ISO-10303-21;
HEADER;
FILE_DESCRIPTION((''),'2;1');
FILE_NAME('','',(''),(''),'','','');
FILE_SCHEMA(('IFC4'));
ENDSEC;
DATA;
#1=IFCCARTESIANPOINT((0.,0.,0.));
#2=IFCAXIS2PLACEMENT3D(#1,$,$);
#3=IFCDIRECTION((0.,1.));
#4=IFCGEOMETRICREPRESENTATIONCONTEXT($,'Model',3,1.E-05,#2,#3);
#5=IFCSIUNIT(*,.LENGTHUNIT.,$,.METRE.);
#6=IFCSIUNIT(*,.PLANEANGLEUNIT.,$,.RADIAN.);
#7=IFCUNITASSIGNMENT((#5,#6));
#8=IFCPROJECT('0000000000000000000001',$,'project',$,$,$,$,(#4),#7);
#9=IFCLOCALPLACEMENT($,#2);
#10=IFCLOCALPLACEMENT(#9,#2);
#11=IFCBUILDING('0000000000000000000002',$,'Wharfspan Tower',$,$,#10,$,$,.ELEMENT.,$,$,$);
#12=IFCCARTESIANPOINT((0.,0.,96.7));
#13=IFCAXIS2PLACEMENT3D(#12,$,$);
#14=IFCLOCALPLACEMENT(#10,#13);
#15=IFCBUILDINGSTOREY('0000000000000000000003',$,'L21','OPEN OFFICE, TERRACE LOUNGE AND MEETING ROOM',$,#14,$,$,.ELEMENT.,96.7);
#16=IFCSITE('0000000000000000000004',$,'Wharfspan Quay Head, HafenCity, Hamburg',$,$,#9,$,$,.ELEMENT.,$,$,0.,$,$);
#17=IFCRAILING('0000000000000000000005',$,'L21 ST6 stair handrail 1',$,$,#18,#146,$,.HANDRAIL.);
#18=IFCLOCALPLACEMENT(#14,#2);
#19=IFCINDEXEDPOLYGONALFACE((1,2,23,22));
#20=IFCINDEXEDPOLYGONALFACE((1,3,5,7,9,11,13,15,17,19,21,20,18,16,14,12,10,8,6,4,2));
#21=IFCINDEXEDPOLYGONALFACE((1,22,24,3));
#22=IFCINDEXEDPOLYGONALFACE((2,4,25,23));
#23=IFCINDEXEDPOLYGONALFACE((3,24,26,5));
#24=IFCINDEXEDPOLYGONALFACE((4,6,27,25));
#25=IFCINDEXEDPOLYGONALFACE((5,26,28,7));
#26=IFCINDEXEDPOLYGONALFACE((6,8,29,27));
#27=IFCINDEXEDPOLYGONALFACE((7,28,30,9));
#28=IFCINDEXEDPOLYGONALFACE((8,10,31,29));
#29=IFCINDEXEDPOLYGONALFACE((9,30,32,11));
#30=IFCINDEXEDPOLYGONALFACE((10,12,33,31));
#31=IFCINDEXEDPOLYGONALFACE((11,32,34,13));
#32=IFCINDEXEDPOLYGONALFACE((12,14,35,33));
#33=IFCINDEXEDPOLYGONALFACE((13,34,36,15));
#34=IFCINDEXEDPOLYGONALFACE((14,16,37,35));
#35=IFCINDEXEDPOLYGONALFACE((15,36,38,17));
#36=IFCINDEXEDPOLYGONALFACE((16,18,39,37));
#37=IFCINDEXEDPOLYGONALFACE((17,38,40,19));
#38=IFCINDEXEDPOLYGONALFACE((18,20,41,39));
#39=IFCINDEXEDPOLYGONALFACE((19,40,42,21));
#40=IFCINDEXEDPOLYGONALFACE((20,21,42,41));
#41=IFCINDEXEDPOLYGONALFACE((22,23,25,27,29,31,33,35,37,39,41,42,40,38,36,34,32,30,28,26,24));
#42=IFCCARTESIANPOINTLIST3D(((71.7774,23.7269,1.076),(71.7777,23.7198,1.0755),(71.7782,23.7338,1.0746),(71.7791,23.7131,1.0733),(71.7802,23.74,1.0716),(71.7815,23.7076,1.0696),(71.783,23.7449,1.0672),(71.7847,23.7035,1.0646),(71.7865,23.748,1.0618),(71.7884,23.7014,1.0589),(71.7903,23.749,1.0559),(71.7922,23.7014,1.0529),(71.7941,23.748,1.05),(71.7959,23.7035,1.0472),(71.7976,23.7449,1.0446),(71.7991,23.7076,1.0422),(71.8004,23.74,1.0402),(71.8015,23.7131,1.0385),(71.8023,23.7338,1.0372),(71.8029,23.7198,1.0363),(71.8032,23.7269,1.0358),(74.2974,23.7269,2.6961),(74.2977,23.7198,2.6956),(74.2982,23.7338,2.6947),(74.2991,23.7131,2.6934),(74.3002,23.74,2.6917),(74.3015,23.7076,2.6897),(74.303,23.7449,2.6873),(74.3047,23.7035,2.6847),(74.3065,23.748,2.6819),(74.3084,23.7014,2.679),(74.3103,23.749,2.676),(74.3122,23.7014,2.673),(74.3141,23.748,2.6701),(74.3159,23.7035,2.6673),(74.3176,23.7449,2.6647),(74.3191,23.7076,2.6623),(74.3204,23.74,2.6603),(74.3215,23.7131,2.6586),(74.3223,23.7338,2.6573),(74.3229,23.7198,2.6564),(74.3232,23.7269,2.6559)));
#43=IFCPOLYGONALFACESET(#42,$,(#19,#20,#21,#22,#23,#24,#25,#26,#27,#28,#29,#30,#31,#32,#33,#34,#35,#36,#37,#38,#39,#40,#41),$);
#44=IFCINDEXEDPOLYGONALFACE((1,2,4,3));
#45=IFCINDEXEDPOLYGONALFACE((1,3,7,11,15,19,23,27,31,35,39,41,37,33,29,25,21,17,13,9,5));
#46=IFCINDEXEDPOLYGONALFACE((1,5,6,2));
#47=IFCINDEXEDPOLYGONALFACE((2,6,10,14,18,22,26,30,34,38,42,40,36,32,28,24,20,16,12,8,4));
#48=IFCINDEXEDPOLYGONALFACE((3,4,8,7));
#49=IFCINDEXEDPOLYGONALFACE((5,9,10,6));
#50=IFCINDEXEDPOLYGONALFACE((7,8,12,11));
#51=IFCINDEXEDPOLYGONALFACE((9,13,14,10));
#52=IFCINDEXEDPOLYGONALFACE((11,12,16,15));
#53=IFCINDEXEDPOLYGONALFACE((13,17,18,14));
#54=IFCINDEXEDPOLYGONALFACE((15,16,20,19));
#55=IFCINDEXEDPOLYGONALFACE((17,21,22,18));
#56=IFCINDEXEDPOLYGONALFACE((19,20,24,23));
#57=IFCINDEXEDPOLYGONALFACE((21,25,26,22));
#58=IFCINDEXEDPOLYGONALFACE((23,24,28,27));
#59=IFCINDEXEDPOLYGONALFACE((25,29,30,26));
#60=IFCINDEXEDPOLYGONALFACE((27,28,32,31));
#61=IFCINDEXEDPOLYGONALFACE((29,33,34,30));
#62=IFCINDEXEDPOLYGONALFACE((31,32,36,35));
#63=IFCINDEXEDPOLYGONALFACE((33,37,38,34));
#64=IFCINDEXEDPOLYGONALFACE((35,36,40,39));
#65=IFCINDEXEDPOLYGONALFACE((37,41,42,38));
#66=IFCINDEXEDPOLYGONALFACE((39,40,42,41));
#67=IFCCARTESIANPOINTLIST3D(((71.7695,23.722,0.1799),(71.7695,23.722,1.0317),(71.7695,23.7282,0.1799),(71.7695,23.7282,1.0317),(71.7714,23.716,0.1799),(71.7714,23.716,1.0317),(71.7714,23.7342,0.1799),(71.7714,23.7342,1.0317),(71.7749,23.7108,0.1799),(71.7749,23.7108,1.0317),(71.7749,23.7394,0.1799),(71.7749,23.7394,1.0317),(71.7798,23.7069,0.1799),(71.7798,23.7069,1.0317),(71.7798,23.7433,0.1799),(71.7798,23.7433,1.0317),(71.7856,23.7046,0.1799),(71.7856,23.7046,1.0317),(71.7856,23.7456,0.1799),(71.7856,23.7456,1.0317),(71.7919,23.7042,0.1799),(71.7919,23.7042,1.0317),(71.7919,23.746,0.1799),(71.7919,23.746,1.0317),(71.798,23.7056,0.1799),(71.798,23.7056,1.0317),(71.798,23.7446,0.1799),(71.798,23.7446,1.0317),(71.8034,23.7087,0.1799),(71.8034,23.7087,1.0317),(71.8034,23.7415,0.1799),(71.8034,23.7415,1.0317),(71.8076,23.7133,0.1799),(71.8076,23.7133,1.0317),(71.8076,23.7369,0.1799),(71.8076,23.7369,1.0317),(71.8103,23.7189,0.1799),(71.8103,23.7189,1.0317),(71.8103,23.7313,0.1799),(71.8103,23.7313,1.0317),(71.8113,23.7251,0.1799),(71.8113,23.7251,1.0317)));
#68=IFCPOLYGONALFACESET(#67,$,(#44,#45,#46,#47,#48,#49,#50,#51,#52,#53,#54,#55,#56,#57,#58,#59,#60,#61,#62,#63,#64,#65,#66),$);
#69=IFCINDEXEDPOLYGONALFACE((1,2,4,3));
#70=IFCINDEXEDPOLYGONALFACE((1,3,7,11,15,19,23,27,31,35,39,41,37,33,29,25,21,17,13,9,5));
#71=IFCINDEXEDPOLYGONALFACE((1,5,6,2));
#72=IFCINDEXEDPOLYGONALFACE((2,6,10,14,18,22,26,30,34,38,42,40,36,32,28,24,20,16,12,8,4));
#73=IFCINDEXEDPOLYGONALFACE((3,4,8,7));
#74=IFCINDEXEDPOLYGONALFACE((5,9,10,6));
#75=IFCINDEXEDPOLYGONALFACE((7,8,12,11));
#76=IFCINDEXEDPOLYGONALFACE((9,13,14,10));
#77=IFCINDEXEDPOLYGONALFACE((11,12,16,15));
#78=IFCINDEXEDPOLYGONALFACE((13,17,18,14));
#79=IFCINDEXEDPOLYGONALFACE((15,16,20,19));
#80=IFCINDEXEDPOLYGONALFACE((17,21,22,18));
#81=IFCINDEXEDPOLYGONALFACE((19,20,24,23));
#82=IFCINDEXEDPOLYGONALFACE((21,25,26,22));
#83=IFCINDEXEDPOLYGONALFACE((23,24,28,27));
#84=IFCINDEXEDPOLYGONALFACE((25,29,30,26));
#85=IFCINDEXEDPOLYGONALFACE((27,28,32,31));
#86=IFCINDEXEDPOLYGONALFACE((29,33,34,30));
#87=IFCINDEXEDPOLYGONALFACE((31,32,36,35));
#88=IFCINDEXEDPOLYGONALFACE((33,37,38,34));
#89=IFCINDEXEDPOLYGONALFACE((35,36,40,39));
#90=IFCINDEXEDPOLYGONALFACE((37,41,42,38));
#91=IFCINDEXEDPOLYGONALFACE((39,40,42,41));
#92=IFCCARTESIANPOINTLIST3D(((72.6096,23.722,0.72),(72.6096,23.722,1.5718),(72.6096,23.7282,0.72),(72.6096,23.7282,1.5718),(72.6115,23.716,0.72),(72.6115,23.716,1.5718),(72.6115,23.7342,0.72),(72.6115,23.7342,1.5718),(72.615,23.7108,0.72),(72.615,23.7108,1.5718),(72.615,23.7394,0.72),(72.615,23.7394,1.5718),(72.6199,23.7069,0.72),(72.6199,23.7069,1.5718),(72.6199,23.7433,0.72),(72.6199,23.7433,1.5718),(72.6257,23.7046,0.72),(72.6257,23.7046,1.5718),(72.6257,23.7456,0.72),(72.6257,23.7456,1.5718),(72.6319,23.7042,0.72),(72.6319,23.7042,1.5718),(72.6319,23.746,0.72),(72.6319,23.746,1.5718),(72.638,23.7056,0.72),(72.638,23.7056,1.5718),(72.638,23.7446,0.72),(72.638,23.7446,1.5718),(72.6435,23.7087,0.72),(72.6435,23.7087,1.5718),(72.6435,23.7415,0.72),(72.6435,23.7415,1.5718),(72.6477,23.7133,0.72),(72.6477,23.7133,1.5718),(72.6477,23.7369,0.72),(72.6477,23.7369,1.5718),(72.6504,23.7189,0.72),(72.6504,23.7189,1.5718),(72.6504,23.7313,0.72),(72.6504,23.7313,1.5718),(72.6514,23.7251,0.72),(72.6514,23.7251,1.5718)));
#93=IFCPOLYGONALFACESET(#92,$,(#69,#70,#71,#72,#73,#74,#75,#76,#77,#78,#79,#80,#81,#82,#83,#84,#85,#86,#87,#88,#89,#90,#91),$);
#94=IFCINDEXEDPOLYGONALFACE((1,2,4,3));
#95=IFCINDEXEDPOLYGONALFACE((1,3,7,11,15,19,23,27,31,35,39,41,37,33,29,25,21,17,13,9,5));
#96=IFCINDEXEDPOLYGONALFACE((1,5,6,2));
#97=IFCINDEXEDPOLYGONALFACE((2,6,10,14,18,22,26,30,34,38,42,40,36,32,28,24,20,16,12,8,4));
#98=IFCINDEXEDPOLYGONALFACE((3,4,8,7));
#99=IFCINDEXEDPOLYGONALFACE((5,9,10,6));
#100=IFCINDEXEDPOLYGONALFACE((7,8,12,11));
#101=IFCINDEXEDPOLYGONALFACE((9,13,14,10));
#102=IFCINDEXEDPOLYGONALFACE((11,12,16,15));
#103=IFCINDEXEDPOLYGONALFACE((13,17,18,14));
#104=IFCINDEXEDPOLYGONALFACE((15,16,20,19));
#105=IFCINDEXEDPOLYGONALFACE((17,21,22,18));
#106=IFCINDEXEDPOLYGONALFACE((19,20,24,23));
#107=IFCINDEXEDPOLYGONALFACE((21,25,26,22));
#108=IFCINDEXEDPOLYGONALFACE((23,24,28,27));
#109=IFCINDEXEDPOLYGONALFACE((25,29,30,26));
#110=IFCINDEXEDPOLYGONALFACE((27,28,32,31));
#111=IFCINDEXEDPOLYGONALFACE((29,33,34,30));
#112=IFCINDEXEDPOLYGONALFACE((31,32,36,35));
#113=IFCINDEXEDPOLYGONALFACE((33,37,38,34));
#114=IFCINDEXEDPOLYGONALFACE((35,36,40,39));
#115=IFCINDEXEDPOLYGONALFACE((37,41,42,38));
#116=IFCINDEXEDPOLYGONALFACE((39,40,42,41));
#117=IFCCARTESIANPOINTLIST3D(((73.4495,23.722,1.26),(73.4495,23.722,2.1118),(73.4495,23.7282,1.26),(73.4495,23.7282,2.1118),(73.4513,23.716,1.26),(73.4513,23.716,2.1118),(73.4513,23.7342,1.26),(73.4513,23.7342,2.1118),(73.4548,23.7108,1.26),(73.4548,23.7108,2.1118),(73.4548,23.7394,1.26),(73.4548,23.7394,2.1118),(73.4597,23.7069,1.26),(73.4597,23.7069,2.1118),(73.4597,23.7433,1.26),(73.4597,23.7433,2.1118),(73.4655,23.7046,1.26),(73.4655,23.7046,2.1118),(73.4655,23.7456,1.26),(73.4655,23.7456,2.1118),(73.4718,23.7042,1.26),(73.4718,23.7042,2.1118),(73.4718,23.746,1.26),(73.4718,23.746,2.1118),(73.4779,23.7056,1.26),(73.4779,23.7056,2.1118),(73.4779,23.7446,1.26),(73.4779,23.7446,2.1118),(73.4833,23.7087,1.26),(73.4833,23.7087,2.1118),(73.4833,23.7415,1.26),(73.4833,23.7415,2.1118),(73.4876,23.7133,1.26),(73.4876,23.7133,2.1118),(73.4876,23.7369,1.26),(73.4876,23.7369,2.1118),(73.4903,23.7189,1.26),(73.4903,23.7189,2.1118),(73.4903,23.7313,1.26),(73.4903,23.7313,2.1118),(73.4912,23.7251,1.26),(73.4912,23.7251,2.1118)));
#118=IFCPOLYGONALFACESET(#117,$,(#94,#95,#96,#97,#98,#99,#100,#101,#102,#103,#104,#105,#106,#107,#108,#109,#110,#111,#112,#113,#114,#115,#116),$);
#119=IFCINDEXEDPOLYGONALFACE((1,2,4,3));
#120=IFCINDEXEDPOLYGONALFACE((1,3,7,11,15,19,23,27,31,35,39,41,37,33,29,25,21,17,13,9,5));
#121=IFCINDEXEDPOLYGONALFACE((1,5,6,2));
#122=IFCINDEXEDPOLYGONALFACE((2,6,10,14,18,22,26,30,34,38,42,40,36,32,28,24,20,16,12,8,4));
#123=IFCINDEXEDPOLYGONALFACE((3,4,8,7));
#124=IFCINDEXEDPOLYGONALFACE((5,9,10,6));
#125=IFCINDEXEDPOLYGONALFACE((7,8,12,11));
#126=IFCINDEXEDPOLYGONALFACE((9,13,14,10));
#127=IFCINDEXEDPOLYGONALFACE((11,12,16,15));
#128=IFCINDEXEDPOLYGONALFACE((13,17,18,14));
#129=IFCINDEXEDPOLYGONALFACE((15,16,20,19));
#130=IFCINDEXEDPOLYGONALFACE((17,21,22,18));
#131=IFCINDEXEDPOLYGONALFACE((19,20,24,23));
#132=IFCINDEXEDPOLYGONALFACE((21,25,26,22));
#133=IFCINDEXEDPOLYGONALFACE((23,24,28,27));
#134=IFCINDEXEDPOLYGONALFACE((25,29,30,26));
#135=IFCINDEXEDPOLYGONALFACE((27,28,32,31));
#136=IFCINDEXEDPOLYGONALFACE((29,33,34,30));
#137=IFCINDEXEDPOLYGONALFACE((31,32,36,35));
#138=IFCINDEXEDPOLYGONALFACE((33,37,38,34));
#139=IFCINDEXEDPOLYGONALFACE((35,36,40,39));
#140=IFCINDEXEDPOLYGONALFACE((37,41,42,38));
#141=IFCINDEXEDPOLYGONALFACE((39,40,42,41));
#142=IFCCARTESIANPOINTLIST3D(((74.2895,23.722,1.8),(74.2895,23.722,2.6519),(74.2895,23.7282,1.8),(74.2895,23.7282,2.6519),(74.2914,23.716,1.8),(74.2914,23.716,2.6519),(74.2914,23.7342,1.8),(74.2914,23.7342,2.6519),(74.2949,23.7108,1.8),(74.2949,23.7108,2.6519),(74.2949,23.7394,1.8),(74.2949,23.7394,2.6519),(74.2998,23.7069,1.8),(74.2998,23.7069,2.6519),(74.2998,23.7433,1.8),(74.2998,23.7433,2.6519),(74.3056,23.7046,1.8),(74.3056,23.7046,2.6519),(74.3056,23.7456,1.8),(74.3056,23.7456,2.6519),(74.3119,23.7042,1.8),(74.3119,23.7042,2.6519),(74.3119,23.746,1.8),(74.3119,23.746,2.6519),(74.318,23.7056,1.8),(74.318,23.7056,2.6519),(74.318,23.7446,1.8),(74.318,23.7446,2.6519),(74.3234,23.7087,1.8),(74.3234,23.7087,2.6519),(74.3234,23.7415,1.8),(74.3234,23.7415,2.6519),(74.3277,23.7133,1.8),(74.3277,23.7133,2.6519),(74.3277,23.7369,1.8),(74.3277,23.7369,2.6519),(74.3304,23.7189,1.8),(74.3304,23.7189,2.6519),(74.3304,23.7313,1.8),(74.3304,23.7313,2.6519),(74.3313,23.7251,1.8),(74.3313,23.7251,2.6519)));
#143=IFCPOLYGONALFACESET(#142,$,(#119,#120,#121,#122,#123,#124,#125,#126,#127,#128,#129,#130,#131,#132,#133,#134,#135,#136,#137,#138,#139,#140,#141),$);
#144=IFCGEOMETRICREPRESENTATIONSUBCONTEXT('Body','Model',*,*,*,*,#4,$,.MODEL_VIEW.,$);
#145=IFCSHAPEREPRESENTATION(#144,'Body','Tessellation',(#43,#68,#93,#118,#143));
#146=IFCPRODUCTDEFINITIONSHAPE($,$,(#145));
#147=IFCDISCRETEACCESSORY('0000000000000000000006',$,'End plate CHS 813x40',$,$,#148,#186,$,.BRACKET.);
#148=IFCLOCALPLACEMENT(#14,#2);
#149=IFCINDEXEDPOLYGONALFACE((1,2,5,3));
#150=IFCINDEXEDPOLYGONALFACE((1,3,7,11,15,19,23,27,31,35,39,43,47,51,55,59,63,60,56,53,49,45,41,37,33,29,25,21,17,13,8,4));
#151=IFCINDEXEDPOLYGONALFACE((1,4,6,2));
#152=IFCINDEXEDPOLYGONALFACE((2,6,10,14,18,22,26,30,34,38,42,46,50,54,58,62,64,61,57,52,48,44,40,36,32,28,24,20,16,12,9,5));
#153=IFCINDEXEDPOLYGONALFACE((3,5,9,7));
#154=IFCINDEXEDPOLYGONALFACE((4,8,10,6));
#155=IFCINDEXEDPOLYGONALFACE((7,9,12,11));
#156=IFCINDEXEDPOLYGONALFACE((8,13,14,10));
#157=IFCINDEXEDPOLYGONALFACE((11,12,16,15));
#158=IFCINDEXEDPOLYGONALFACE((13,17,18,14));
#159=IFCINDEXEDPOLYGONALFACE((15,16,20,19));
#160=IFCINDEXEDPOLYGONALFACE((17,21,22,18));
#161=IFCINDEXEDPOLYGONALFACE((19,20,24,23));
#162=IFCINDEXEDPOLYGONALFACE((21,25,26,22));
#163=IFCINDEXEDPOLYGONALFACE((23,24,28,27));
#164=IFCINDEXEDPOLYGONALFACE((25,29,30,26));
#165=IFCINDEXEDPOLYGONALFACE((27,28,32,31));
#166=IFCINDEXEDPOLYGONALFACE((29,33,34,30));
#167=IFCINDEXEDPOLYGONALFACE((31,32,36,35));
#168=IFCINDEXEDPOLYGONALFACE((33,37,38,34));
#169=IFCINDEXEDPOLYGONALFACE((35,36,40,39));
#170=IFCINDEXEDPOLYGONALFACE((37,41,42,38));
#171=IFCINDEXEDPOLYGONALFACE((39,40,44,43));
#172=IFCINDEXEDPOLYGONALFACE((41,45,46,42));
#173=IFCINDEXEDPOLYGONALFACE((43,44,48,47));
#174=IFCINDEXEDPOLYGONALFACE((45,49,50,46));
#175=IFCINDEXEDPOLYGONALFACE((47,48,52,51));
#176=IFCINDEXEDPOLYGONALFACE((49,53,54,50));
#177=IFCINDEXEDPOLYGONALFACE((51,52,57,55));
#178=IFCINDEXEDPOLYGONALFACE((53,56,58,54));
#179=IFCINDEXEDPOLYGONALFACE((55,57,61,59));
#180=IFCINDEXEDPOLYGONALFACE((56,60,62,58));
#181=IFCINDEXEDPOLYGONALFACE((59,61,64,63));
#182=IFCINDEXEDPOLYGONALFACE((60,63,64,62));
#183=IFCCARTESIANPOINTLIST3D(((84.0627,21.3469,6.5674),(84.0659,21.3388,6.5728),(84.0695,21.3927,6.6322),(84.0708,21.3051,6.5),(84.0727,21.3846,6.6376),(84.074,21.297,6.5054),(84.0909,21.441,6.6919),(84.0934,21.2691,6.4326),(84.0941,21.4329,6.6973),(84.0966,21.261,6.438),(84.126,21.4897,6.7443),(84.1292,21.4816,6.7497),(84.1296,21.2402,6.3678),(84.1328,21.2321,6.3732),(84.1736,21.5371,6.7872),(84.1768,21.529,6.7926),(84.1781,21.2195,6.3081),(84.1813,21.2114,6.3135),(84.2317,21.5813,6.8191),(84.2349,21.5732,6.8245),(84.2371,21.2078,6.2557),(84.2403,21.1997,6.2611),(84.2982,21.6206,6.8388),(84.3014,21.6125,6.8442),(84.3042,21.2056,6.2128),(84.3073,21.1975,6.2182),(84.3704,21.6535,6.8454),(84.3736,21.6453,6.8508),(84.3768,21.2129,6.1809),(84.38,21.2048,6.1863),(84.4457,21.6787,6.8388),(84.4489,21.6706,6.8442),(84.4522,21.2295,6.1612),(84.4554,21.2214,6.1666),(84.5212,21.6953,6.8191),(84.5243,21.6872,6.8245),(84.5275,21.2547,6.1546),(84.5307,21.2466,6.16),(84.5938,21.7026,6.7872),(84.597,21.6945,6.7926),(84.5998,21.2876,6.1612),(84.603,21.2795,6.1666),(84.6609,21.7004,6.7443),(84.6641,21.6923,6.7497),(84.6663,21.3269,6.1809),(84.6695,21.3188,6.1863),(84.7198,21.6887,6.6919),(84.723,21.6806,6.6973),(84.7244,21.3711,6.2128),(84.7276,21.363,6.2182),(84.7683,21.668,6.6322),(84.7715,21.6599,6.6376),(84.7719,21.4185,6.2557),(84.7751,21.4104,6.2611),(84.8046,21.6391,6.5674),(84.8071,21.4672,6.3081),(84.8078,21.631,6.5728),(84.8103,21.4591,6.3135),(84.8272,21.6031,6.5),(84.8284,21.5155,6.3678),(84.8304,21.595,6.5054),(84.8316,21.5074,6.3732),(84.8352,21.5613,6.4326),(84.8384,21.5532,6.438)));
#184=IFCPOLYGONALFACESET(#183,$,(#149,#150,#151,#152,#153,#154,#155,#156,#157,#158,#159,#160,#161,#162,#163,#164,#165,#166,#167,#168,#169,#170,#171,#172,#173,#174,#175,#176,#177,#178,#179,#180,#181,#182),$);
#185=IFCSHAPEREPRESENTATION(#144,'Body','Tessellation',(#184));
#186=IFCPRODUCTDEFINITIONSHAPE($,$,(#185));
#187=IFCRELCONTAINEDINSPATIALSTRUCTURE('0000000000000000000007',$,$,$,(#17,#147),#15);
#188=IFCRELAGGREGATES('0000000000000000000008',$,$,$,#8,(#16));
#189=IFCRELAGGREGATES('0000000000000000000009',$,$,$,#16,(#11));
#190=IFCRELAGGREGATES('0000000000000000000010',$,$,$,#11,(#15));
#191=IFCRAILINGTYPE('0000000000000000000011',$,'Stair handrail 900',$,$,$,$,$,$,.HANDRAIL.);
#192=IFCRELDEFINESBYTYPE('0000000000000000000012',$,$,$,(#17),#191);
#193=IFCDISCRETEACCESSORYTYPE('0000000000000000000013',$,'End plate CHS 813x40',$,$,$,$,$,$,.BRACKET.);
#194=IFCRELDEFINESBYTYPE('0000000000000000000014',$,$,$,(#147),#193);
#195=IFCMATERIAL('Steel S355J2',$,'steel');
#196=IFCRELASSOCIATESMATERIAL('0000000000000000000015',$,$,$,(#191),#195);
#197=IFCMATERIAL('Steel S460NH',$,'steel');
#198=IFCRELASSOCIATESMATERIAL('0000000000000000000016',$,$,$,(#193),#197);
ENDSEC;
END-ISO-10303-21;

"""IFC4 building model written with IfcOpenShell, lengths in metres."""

from ifc_helpers import new_model, si_unit, direction, frame, origin, origin_2d, place, context, subcontext, project, spatial, circle, extrude, material, material_profile, profile_set, type_object, element, save


model = new_model("IFC4")

# Units and contexts
model_context = context("Model", 3, precision=1e-05, world=origin(), true_north=direction((0.0, 1.0)))
body_context = subcontext(model_context, "Body", "Model", "MODEL_VIEW")
ifc_project = project(units=[si_unit("LENGTHUNIT", "METRE"), si_unit("PLANEANGLEUNIT", "RADIAN")], contexts=[model_context])

# Site, building, storey
site_placement = place(None, origin())
site = spatial("IfcSite", under=ifc_project, at=site_placement, Name="Wharfspan Quay Head, HafenCity, Hamburg", CompositionType="ELEMENT", RefElevation=0.0)
building_placement = place(site_placement, origin())
building = spatial("IfcBuilding", under=site, at=building_placement, Name="Wharfspan Tower", CompositionType="ELEMENT")
storey_placement = place(building_placement, frame((0.0, 0.0, 96.7)))
storey = spatial("IfcBuildingStorey", under=building, at=storey_placement, Name="L21", Description="OPEN OFFICE, TERRACE LOUNGE AND MEETING ROOM", CompositionType="ELEMENT", Elevation=96.7)

# Shared definitions
ifc_material_1 = material(Name="Steel S355J2", Category="steel")

# Shared definitions
ifc_material_2 = material(Name="Steel S460NH", Category="steel")

# Railing
railing_type_1 = type_object("IfcRailingType", Name="Stair handrail 900", PredefinedType="HANDRAIL", material=ifc_material_1)
railing_1_placement = place(storey_placement, frame((71.7903, 23.7251, 0.1799)))
element("IfcRailing", 1, at=railing_1_placement, inside=storey, type_object=railing_type_1, Name="L21 ST6 stair handrail 1", PredefinedType="HANDRAIL", context=body_context, shape_type="SweptSolid", body=[
    extrude(circle(Radius=0.0239, at=origin_2d()), frame((0.0, 0.0, 0.876), z_axis=(0.841163, 0.0, 0.540782), x_axis=(0.0, 1.0, 0.0)), (0.0, 0.0, 1.0), 2.9958),
    extrude(circle(Radius=0.021, at=origin_2d()), origin(), (0.0, 0.0, 1.0), 0.8518),
    extrude(circle(Radius=0.021, at=origin_2d()), frame((0.8401, 0.0, 0.54)), (0.0, 0.0, 1.0), 0.8518),
    extrude(circle(Radius=0.021, at=origin_2d()), frame((1.6799, 0.0, 1.0801)), (0.0, 0.0, 1.0), 0.8518),
    extrude(circle(Radius=0.021, at=origin_2d()), frame((2.52, 0.0, 1.6201)), (0.0, 0.0, 1.0), 0.8518),
])

# Discrete accessory
ifc_material_profile_1 = material_profile(ifc_material_2, circle(Radius=0.4065, at=origin_2d()))
ifc_profile_set_1 = profile_set([ifc_material_profile_1], Name="Steel S460NH")
discrete_accessory_type = type_object("IfcDiscreteAccessoryType", Name="End plate CHS 813x40", PredefinedType="BRACKET", material=ifc_profile_set_1)
discrete_accessory_placement = place(storey_placement, frame((84.449, 21.4541, 6.5), z_axis=(0.311472, -0.79066, 0.527107), x_axis=(0.93041, 0.366525, 0.0)))
element("IfcDiscreteAccessory", 2, at=discrete_accessory_placement, inside=storey, type_object=discrete_accessory_type, Name="End plate CHS 813x40", PredefinedType="BRACKET", context=body_context, shape_type="SweptSolid", body=[
    extrude(circle(Radius=0.4065, at=origin_2d()), origin(), (0.0, 0.0, 1.0), 0.0103),
])

save(model, "model.ifc")
